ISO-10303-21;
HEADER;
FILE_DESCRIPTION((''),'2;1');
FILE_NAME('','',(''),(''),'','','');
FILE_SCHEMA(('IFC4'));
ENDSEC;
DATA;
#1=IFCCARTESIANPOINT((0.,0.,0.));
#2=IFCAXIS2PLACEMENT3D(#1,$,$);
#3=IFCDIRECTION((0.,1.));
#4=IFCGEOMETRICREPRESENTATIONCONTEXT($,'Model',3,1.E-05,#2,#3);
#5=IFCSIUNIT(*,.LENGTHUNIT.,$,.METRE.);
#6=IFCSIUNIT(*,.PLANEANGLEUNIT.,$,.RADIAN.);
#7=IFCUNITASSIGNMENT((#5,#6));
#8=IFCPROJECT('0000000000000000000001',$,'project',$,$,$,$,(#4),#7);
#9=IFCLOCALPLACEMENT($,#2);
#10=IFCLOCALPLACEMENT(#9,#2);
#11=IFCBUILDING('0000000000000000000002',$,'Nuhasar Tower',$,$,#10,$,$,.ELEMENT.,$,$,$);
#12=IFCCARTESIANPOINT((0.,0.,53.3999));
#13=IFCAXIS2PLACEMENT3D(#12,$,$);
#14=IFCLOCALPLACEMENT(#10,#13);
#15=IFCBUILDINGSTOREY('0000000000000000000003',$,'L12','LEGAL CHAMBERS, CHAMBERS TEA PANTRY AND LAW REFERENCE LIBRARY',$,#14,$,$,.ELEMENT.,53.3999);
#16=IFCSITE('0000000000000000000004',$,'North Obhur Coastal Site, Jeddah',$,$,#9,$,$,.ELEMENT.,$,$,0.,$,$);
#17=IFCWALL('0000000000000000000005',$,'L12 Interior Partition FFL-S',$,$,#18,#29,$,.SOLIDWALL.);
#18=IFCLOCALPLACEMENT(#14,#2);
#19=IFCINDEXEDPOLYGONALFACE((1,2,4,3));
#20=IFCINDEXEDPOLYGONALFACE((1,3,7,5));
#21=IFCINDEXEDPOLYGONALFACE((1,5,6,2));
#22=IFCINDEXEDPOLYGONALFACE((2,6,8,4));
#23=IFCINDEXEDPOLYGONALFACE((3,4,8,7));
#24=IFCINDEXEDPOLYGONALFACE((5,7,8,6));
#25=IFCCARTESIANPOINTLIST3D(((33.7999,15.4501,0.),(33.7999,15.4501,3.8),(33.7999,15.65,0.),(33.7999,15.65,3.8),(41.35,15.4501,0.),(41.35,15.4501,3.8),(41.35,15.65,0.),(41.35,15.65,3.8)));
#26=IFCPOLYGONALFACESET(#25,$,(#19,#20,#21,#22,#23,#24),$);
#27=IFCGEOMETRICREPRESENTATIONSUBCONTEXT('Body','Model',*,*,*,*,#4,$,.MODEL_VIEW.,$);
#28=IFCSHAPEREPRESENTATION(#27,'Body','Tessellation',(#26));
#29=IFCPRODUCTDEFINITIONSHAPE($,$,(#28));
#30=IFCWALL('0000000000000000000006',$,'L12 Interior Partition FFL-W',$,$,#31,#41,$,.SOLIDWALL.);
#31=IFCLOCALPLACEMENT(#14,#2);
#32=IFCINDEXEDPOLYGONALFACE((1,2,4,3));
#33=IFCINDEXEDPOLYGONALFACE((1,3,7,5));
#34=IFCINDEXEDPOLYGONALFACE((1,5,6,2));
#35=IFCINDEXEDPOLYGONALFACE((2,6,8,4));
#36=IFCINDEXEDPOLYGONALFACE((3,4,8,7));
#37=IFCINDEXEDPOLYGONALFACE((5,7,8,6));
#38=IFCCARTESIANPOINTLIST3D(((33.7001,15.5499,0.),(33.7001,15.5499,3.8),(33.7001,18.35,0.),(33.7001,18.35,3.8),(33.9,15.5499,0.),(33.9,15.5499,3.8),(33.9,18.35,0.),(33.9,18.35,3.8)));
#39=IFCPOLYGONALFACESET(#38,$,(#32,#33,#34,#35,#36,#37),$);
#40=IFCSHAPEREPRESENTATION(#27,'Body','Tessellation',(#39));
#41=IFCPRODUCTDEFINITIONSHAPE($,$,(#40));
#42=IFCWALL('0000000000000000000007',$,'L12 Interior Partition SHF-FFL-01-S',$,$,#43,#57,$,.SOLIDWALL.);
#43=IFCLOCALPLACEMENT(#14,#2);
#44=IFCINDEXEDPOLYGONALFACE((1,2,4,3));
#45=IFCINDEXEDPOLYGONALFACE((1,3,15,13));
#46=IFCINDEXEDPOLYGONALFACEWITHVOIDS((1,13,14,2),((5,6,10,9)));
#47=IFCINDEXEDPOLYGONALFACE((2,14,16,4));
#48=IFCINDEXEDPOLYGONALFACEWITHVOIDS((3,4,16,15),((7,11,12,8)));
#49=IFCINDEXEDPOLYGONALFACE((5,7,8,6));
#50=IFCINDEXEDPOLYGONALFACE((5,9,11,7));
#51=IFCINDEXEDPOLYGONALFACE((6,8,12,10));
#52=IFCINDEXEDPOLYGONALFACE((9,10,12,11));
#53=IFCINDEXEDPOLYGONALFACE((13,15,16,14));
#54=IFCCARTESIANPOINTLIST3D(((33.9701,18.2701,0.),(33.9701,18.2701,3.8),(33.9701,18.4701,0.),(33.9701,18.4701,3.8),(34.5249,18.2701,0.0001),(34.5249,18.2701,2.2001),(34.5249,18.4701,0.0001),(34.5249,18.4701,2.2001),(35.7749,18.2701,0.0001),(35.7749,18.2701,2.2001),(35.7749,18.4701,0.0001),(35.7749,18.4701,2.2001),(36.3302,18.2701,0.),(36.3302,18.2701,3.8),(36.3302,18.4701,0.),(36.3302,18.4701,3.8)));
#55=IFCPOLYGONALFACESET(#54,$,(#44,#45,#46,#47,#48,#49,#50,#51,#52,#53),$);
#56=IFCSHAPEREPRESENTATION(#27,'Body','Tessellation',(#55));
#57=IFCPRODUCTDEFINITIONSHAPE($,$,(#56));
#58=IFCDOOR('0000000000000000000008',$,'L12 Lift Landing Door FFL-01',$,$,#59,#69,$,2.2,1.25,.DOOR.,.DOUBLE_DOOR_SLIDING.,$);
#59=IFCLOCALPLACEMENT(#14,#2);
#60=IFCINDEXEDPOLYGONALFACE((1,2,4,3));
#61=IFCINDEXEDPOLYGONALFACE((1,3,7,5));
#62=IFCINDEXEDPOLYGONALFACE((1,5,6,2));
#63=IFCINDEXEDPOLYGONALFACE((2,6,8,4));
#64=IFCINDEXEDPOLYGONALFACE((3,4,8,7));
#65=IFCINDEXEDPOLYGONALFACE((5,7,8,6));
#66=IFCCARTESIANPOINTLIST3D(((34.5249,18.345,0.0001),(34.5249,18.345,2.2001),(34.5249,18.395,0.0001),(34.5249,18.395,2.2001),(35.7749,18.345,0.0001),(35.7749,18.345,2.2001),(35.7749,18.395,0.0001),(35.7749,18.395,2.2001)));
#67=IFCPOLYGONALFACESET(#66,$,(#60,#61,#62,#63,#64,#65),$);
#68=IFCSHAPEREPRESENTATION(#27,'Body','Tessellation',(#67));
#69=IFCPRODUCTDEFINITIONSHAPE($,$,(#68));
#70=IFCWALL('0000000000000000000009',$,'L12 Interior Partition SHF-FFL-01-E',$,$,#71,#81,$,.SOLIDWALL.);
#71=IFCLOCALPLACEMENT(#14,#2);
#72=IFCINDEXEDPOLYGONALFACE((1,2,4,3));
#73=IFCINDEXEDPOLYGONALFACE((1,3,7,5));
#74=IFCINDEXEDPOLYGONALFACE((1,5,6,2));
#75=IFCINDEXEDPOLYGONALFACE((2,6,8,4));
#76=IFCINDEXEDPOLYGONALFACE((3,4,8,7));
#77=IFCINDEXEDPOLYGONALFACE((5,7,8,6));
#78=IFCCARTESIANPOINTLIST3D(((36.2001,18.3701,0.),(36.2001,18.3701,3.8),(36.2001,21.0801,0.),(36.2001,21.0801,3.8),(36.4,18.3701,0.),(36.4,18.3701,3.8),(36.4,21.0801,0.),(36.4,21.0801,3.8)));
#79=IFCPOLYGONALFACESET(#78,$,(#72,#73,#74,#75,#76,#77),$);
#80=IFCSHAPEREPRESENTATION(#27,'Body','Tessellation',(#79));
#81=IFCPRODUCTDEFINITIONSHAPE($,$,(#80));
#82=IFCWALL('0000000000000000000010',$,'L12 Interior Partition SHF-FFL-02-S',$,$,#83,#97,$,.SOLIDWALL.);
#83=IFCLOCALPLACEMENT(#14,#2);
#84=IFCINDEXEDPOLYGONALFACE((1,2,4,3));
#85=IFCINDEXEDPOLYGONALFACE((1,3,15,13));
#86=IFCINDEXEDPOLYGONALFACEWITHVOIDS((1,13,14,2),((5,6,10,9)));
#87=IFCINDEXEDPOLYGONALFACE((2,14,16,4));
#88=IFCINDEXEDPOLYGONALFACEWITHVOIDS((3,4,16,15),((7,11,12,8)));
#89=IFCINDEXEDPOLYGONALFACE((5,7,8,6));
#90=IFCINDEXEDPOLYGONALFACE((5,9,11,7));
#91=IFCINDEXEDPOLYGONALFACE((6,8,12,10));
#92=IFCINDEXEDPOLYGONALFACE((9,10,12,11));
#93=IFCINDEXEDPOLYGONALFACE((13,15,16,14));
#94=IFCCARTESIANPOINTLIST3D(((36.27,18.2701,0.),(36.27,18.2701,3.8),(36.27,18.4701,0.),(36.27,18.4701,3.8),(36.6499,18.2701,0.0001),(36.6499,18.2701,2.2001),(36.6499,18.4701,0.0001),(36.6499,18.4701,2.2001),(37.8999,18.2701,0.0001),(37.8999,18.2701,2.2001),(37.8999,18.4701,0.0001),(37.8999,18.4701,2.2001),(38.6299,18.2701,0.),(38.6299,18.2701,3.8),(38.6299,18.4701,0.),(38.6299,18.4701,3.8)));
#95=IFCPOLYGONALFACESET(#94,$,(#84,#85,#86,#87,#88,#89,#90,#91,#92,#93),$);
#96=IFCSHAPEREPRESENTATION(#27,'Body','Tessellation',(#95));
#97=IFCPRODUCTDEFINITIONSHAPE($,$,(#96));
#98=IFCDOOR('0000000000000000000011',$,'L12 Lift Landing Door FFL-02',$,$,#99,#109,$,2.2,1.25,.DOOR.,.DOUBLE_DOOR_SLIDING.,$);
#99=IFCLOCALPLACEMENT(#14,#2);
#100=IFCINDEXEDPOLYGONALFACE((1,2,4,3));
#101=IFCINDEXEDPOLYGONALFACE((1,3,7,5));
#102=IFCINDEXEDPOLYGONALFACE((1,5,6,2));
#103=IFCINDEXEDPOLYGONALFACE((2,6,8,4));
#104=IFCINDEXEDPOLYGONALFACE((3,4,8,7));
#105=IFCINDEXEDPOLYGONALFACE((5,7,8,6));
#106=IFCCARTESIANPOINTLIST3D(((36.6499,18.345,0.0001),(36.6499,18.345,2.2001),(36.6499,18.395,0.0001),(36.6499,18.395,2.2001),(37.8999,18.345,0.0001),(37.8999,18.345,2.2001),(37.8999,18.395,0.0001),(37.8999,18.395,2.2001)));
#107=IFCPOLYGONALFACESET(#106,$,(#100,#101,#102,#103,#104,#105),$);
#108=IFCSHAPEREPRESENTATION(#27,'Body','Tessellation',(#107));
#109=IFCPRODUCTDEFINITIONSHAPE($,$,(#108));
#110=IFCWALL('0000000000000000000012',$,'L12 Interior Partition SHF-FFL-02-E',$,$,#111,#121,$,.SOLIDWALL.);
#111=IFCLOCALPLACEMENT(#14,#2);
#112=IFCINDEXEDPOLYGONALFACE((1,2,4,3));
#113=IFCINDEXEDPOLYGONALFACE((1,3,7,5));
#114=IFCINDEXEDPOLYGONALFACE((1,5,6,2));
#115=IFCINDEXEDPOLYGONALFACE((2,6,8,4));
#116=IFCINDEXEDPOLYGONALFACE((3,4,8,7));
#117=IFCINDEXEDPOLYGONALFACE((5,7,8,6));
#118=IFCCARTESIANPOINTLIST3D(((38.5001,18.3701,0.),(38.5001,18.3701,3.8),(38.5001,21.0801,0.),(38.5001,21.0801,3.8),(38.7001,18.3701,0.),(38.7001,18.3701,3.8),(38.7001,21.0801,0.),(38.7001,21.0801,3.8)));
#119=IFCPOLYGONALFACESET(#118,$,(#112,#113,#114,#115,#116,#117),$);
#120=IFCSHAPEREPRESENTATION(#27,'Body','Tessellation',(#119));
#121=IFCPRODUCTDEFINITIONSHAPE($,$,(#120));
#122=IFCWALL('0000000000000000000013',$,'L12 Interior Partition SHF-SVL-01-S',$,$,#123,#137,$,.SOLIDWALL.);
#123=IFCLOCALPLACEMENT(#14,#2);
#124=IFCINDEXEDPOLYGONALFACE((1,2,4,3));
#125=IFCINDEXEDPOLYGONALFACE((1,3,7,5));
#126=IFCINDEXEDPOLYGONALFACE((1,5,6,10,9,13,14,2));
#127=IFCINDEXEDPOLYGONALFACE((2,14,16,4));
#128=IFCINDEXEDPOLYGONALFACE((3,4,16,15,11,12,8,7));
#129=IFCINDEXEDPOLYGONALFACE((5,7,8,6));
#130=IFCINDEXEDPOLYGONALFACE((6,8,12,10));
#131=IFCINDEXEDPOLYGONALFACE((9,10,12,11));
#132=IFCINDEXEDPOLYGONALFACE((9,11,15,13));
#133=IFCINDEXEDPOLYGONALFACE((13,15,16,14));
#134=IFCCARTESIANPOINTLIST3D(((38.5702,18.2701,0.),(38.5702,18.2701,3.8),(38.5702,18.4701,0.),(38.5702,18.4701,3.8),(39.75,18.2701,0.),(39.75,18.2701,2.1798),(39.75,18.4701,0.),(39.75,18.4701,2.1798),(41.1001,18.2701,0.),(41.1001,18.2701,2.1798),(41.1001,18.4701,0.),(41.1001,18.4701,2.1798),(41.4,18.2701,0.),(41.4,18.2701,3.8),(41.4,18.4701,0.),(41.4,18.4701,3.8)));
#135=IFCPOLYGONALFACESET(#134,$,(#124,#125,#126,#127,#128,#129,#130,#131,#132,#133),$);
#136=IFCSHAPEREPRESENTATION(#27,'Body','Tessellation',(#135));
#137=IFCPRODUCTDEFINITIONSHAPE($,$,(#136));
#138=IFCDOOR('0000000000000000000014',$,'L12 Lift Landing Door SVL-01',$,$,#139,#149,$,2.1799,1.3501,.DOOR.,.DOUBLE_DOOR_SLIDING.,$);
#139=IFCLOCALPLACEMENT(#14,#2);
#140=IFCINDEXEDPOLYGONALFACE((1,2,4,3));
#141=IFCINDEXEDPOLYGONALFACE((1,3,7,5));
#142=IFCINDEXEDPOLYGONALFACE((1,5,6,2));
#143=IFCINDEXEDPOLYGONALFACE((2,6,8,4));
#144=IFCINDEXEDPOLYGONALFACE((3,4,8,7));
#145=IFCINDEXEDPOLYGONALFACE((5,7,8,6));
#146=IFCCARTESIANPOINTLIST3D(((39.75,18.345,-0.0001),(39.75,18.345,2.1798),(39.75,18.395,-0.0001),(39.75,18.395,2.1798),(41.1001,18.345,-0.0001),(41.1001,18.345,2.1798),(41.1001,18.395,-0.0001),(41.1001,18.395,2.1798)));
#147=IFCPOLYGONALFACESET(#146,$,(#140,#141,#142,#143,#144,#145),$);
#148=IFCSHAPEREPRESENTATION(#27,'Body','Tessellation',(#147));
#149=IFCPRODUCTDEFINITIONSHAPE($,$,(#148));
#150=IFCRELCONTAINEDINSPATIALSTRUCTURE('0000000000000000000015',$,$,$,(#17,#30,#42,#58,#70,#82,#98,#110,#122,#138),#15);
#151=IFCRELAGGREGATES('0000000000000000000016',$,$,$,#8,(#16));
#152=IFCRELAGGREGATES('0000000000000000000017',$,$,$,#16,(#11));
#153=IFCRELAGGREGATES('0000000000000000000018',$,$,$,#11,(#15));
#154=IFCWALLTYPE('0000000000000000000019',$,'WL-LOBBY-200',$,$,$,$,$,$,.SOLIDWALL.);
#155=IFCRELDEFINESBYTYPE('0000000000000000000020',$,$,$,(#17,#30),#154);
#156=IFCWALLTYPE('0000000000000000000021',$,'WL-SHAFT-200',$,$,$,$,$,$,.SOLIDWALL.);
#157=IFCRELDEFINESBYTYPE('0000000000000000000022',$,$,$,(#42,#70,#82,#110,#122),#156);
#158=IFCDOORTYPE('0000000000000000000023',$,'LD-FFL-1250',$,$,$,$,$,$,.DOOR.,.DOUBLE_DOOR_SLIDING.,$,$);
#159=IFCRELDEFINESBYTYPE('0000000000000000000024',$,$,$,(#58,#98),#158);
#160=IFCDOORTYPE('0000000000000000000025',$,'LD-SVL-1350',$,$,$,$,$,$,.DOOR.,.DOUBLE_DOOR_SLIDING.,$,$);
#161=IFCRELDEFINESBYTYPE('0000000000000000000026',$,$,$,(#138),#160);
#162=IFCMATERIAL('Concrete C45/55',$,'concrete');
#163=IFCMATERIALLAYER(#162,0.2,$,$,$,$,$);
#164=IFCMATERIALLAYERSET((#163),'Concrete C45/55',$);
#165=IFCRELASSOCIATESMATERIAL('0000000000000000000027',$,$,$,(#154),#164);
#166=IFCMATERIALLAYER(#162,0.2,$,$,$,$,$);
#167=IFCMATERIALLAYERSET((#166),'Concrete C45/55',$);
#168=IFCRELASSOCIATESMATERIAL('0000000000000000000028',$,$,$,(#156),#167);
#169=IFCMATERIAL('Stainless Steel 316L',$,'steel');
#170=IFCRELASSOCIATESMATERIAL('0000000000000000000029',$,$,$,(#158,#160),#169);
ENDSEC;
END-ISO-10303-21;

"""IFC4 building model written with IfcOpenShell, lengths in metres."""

from ifc_helpers import new_model, si_unit, direction, frame, frame_2d, origin, place, context, subcontext, project, spatial, rectangle, extrude, material, layer, layer_set, type_object, element, fill, save


model = new_model("IFC4")

# Units and contexts
model_context = context("Model", 3, precision=1e-05, world=origin(), true_north=direction((0.0, 1.0)))
body_context = subcontext(model_context, "Body", "Model", "MODEL_VIEW")
ifc_project = project(units=[si_unit("LENGTHUNIT", "METRE"), si_unit("PLANEANGLEUNIT", "RADIAN")], contexts=[model_context])

# Site, building, storey
site_placement = place(None, origin())
site = spatial("IfcSite", under=ifc_project, at=site_placement, Name="North Obhur Coastal Site, Jeddah", CompositionType="ELEMENT", RefElevation=0.0)
building_placement = place(site_placement, origin())
building = spatial("IfcBuilding", under=site, at=building_placement, Name="Nuhasar Tower", CompositionType="ELEMENT")
storey_placement = place(building_placement, frame((0.0, 0.0, 53.3999)))
storey = spatial("IfcBuildingStorey", under=building, at=storey_placement, Name="L12", Description="LEGAL CHAMBERS, CHAMBERS TEA PANTRY AND LAW REFERENCE LIBRARY", CompositionType="ELEMENT", Elevation=53.3999)

# Walls
ifc_material_1 = material(Name="Concrete C45/55", Category="concrete")
ifc_layer_1 = layer(ifc_material_1, 0.2)
ifc_layer_set_1 = layer_set([ifc_layer_1], Name="Concrete C45/55")
wall_type_1 = type_object("IfcWallType", Name="WL-LOBBY-200", PredefinedType="SOLIDWALL", material=ifc_layer_set_1)
wall_1_placement = place(storey_placement, frame((33.8, 15.55, 0.0), z_axis=(0.0, 0.0, 1.0), x_axis=(1.0, 0.0, 0.0)))
element("IfcWall", 1, at=wall_1_placement, inside=storey, type_object=wall_type_1, Name="L12 Interior Partition FFL-S", PredefinedType="SOLIDWALL", context=body_context, shape_type="SweptSolid", body=[
    extrude(rectangle(XDim=7.55, YDim=0.2, at=frame_2d((3.7749, 0.0))), origin(), (0.0, 0.0, 1.0), 3.8),
])
wall_2_placement = place(storey_placement, frame((33.8, 15.55, 0.0), z_axis=(0.0, 0.0, 1.0), x_axis=(0.0, 1.0, 0.0)))
element("IfcWall", 2, at=wall_2_placement, inside=storey, type_object=wall_type_1, Name="L12 Interior Partition FFL-W", PredefinedType="SOLIDWALL", context=body_context, shape_type="SweptSolid", body=[
    extrude(rectangle(XDim=2.8, YDim=0.2, at=frame_2d((1.3999, 0.0))), origin(), (0.0, 0.0, 1.0), 3.8),
])

# Wall, opening, door
ifc_layer_2 = layer(ifc_material_1, 0.2)
ifc_layer_set_2 = layer_set([ifc_layer_2], Name="Concrete C45/55")
wall_type_2 = type_object("IfcWallType", Name="WL-SHAFT-200", PredefinedType="SOLIDWALL", material=ifc_layer_set_2)
wall_3_placement = place(storey_placement, frame((33.97, 18.3701, 0.0), z_axis=(0.0, 0.0, 1.0), x_axis=(1.0, 0.0, 0.0)))
wall_3 = element("IfcWall", 3, at=wall_3_placement, inside=storey, type_object=wall_type_2, Name="L12 Interior Partition SHF-FFL-01-S", PredefinedType="SOLIDWALL", context=body_context, shape_type="SweptSolid", body=[
    extrude(rectangle(XDim=2.3601, YDim=0.2, at=frame_2d((1.1802, 0.0))), origin(), (0.0, 0.0, 1.0), 3.8),
])
opening_1_placement = place(wall_3_placement, frame((0.5549, 0.0, 0.0)))
opening_1 = element("IfcOpeningElement", 4, at=opening_1_placement, cuts=wall_3, PredefinedType="OPENING", context=body_context, shape_type="SweptSolid", body=[
    extrude(rectangle(XDim=1.25, YDim=2.2, at=frame_2d((0.625, 1.1001))), frame((0.0, 0.1099, 0.0), z_axis=(0.0, -1.0, 0.0), x_axis=(1.0, 0.0, 0.0)), (0.0, 0.0, 1.0), 0.22),
])
ifc_material_2 = material(Name="Stainless Steel 316L", Category="steel")
door_type_1 = type_object("IfcDoorType", Name="LD-FFL-1250", OperationType="DOUBLE_DOOR_SLIDING", PredefinedType="DOOR", material=ifc_material_2)
door_1_placement = place(opening_1_placement, origin())
door_1 = element("IfcDoor", 5, at=door_1_placement, inside=storey, type_object=door_type_1, Name="L12 Lift Landing Door FFL-01", OperationType="DOUBLE_DOOR_SLIDING", OverallHeight=2.2, OverallWidth=1.25, PredefinedType="DOOR", context=body_context, shape_type="SweptSolid", body=[
    extrude(rectangle(XDim=1.25, YDim=2.2, at=frame_2d((0.625, 1.1001))), frame((0.0, 0.0249, 0.0), z_axis=(0.0, -1.0, 0.0), x_axis=(1.0, 0.0, 0.0)), (0.0, 0.0, 1.0), 0.05),
])
fill(opening_1, door_1)

# Wall
wall_4_placement = place(storey_placement, frame((36.3, 18.3701, 0.0), z_axis=(0.0, 0.0, 1.0), x_axis=(0.0, 1.0, 0.0)))
element("IfcWall", 6, at=wall_4_placement, inside=storey, type_object=wall_type_2, Name="L12 Interior Partition SHF-FFL-01-E", PredefinedType="SOLIDWALL", context=body_context, shape_type="SweptSolid", body=[
    extrude(rectangle(XDim=2.71, YDim=0.2, at=frame_2d((1.355, 0.0))), origin(), (0.0, 0.0, 1.0), 3.8),
])

# Wall, opening, door
wall_5_placement = place(storey_placement, frame((36.27, 18.3701, 0.0), z_axis=(0.0, 0.0, 1.0), x_axis=(1.0, 0.0, 0.0)))
wall_5 = element("IfcWall", 7, at=wall_5_placement, inside=storey, type_object=wall_type_2, Name="L12 Interior Partition SHF-FFL-02-S", PredefinedType="SOLIDWALL", context=body_context, shape_type="SweptSolid", body=[
    extrude(rectangle(XDim=2.3599, YDim=0.2, at=frame_2d((1.1799, 0.0))), origin(), (0.0, 0.0, 1.0), 3.8),
])
opening_2_placement = place(wall_5_placement, frame((0.3799, 0.0, 0.0)))
opening_2 = element("IfcOpeningElement", 8, at=opening_2_placement, cuts=wall_5, PredefinedType="OPENING", context=body_context, shape_type="SweptSolid", body=[
    extrude(rectangle(XDim=1.25, YDim=2.2, at=frame_2d((0.625, 1.1001))), frame((0.0, 0.1099, 0.0), z_axis=(0.0, -1.0, 0.0), x_axis=(1.0, 0.0, 0.0)), (0.0, 0.0, 1.0), 0.22),
])
door_2_placement = place(opening_2_placement, origin())
door_2 = element("IfcDoor", 9, at=door_2_placement, inside=storey, type_object=door_type_1, Name="L12 Lift Landing Door FFL-02", OperationType="DOUBLE_DOOR_SLIDING", OverallHeight=2.2, OverallWidth=1.25, PredefinedType="DOOR", context=body_context, shape_type="SweptSolid", body=[
    extrude(rectangle(XDim=1.25, YDim=2.2, at=frame_2d((0.625, 1.1001))), frame((0.0, 0.0249, 0.0), z_axis=(0.0, -1.0, 0.0), x_axis=(1.0, 0.0, 0.0)), (0.0, 0.0, 1.0), 0.05),
])
fill(opening_2, door_2)

# Wall
wall_6_placement = place(storey_placement, frame((38.6001, 18.3701, 0.0), z_axis=(0.0, 0.0, 1.0), x_axis=(0.0, 1.0, 0.0)))
element("IfcWall", 10, at=wall_6_placement, inside=storey, type_object=wall_type_2, Name="L12 Interior Partition SHF-FFL-02-E", PredefinedType="SOLIDWALL", context=body_context, shape_type="SweptSolid", body=[
    extrude(rectangle(XDim=2.71, YDim=0.2, at=frame_2d((1.355, 0.0))), origin(), (0.0, 0.0, 1.0), 3.8),
])

# Wall, opening, door
wall_7_placement = place(storey_placement, frame((38.5701, 18.3701, 0.0), z_axis=(0.0, 0.0, 1.0), x_axis=(1.0, 0.0, 0.0)))
wall_7 = element("IfcWall", 11, at=wall_7_placement, inside=storey, type_object=wall_type_2, Name="L12 Interior Partition SHF-SVL-01-S", PredefinedType="SOLIDWALL", context=body_context, shape_type="SweptSolid", body=[
    extrude(rectangle(XDim=2.8298, YDim=0.2, at=frame_2d((1.415, 0.0))), origin(), (0.0, 0.0, 1.0), 3.8),
])
opening_3_placement = place(wall_7_placement, frame((1.1799, 0.0, 0.0)))
opening_3 = element("IfcOpeningElement", 12, at=opening_3_placement, cuts=wall_7, PredefinedType="OPENING", context=body_context, shape_type="SweptSolid", body=[
    extrude(rectangle(XDim=1.3501, YDim=2.1799, at=frame_2d((0.675, 1.0898))), frame((0.0, 0.1099, 0.0), z_axis=(0.0, -1.0, 0.0), x_axis=(1.0, 0.0, 0.0)), (0.0, 0.0, 1.0), 0.22),
])
door_type_2 = type_object("IfcDoorType", Name="LD-SVL-1350", OperationType="DOUBLE_DOOR_SLIDING", PredefinedType="DOOR", material=ifc_material_2)
door_3_placement = place(opening_3_placement, origin())
door_3 = element("IfcDoor", 13, at=door_3_placement, inside=storey, type_object=door_type_2, Name="L12 Lift Landing Door SVL-01", OperationType="DOUBLE_DOOR_SLIDING", OverallHeight=2.1799, OverallWidth=1.3501, PredefinedType="DOOR", context=body_context, shape_type="SweptSolid", body=[
    extrude(rectangle(XDim=1.3501, YDim=2.1799, at=frame_2d((0.675, 1.0898))), frame((0.0, 0.0249, 0.0), z_axis=(0.0, -1.0, 0.0), x_axis=(1.0, 0.0, 0.0)), (0.0, 0.0, 1.0), 0.05),
])
fill(opening_3, door_3)

save(model, "model.ifc")
